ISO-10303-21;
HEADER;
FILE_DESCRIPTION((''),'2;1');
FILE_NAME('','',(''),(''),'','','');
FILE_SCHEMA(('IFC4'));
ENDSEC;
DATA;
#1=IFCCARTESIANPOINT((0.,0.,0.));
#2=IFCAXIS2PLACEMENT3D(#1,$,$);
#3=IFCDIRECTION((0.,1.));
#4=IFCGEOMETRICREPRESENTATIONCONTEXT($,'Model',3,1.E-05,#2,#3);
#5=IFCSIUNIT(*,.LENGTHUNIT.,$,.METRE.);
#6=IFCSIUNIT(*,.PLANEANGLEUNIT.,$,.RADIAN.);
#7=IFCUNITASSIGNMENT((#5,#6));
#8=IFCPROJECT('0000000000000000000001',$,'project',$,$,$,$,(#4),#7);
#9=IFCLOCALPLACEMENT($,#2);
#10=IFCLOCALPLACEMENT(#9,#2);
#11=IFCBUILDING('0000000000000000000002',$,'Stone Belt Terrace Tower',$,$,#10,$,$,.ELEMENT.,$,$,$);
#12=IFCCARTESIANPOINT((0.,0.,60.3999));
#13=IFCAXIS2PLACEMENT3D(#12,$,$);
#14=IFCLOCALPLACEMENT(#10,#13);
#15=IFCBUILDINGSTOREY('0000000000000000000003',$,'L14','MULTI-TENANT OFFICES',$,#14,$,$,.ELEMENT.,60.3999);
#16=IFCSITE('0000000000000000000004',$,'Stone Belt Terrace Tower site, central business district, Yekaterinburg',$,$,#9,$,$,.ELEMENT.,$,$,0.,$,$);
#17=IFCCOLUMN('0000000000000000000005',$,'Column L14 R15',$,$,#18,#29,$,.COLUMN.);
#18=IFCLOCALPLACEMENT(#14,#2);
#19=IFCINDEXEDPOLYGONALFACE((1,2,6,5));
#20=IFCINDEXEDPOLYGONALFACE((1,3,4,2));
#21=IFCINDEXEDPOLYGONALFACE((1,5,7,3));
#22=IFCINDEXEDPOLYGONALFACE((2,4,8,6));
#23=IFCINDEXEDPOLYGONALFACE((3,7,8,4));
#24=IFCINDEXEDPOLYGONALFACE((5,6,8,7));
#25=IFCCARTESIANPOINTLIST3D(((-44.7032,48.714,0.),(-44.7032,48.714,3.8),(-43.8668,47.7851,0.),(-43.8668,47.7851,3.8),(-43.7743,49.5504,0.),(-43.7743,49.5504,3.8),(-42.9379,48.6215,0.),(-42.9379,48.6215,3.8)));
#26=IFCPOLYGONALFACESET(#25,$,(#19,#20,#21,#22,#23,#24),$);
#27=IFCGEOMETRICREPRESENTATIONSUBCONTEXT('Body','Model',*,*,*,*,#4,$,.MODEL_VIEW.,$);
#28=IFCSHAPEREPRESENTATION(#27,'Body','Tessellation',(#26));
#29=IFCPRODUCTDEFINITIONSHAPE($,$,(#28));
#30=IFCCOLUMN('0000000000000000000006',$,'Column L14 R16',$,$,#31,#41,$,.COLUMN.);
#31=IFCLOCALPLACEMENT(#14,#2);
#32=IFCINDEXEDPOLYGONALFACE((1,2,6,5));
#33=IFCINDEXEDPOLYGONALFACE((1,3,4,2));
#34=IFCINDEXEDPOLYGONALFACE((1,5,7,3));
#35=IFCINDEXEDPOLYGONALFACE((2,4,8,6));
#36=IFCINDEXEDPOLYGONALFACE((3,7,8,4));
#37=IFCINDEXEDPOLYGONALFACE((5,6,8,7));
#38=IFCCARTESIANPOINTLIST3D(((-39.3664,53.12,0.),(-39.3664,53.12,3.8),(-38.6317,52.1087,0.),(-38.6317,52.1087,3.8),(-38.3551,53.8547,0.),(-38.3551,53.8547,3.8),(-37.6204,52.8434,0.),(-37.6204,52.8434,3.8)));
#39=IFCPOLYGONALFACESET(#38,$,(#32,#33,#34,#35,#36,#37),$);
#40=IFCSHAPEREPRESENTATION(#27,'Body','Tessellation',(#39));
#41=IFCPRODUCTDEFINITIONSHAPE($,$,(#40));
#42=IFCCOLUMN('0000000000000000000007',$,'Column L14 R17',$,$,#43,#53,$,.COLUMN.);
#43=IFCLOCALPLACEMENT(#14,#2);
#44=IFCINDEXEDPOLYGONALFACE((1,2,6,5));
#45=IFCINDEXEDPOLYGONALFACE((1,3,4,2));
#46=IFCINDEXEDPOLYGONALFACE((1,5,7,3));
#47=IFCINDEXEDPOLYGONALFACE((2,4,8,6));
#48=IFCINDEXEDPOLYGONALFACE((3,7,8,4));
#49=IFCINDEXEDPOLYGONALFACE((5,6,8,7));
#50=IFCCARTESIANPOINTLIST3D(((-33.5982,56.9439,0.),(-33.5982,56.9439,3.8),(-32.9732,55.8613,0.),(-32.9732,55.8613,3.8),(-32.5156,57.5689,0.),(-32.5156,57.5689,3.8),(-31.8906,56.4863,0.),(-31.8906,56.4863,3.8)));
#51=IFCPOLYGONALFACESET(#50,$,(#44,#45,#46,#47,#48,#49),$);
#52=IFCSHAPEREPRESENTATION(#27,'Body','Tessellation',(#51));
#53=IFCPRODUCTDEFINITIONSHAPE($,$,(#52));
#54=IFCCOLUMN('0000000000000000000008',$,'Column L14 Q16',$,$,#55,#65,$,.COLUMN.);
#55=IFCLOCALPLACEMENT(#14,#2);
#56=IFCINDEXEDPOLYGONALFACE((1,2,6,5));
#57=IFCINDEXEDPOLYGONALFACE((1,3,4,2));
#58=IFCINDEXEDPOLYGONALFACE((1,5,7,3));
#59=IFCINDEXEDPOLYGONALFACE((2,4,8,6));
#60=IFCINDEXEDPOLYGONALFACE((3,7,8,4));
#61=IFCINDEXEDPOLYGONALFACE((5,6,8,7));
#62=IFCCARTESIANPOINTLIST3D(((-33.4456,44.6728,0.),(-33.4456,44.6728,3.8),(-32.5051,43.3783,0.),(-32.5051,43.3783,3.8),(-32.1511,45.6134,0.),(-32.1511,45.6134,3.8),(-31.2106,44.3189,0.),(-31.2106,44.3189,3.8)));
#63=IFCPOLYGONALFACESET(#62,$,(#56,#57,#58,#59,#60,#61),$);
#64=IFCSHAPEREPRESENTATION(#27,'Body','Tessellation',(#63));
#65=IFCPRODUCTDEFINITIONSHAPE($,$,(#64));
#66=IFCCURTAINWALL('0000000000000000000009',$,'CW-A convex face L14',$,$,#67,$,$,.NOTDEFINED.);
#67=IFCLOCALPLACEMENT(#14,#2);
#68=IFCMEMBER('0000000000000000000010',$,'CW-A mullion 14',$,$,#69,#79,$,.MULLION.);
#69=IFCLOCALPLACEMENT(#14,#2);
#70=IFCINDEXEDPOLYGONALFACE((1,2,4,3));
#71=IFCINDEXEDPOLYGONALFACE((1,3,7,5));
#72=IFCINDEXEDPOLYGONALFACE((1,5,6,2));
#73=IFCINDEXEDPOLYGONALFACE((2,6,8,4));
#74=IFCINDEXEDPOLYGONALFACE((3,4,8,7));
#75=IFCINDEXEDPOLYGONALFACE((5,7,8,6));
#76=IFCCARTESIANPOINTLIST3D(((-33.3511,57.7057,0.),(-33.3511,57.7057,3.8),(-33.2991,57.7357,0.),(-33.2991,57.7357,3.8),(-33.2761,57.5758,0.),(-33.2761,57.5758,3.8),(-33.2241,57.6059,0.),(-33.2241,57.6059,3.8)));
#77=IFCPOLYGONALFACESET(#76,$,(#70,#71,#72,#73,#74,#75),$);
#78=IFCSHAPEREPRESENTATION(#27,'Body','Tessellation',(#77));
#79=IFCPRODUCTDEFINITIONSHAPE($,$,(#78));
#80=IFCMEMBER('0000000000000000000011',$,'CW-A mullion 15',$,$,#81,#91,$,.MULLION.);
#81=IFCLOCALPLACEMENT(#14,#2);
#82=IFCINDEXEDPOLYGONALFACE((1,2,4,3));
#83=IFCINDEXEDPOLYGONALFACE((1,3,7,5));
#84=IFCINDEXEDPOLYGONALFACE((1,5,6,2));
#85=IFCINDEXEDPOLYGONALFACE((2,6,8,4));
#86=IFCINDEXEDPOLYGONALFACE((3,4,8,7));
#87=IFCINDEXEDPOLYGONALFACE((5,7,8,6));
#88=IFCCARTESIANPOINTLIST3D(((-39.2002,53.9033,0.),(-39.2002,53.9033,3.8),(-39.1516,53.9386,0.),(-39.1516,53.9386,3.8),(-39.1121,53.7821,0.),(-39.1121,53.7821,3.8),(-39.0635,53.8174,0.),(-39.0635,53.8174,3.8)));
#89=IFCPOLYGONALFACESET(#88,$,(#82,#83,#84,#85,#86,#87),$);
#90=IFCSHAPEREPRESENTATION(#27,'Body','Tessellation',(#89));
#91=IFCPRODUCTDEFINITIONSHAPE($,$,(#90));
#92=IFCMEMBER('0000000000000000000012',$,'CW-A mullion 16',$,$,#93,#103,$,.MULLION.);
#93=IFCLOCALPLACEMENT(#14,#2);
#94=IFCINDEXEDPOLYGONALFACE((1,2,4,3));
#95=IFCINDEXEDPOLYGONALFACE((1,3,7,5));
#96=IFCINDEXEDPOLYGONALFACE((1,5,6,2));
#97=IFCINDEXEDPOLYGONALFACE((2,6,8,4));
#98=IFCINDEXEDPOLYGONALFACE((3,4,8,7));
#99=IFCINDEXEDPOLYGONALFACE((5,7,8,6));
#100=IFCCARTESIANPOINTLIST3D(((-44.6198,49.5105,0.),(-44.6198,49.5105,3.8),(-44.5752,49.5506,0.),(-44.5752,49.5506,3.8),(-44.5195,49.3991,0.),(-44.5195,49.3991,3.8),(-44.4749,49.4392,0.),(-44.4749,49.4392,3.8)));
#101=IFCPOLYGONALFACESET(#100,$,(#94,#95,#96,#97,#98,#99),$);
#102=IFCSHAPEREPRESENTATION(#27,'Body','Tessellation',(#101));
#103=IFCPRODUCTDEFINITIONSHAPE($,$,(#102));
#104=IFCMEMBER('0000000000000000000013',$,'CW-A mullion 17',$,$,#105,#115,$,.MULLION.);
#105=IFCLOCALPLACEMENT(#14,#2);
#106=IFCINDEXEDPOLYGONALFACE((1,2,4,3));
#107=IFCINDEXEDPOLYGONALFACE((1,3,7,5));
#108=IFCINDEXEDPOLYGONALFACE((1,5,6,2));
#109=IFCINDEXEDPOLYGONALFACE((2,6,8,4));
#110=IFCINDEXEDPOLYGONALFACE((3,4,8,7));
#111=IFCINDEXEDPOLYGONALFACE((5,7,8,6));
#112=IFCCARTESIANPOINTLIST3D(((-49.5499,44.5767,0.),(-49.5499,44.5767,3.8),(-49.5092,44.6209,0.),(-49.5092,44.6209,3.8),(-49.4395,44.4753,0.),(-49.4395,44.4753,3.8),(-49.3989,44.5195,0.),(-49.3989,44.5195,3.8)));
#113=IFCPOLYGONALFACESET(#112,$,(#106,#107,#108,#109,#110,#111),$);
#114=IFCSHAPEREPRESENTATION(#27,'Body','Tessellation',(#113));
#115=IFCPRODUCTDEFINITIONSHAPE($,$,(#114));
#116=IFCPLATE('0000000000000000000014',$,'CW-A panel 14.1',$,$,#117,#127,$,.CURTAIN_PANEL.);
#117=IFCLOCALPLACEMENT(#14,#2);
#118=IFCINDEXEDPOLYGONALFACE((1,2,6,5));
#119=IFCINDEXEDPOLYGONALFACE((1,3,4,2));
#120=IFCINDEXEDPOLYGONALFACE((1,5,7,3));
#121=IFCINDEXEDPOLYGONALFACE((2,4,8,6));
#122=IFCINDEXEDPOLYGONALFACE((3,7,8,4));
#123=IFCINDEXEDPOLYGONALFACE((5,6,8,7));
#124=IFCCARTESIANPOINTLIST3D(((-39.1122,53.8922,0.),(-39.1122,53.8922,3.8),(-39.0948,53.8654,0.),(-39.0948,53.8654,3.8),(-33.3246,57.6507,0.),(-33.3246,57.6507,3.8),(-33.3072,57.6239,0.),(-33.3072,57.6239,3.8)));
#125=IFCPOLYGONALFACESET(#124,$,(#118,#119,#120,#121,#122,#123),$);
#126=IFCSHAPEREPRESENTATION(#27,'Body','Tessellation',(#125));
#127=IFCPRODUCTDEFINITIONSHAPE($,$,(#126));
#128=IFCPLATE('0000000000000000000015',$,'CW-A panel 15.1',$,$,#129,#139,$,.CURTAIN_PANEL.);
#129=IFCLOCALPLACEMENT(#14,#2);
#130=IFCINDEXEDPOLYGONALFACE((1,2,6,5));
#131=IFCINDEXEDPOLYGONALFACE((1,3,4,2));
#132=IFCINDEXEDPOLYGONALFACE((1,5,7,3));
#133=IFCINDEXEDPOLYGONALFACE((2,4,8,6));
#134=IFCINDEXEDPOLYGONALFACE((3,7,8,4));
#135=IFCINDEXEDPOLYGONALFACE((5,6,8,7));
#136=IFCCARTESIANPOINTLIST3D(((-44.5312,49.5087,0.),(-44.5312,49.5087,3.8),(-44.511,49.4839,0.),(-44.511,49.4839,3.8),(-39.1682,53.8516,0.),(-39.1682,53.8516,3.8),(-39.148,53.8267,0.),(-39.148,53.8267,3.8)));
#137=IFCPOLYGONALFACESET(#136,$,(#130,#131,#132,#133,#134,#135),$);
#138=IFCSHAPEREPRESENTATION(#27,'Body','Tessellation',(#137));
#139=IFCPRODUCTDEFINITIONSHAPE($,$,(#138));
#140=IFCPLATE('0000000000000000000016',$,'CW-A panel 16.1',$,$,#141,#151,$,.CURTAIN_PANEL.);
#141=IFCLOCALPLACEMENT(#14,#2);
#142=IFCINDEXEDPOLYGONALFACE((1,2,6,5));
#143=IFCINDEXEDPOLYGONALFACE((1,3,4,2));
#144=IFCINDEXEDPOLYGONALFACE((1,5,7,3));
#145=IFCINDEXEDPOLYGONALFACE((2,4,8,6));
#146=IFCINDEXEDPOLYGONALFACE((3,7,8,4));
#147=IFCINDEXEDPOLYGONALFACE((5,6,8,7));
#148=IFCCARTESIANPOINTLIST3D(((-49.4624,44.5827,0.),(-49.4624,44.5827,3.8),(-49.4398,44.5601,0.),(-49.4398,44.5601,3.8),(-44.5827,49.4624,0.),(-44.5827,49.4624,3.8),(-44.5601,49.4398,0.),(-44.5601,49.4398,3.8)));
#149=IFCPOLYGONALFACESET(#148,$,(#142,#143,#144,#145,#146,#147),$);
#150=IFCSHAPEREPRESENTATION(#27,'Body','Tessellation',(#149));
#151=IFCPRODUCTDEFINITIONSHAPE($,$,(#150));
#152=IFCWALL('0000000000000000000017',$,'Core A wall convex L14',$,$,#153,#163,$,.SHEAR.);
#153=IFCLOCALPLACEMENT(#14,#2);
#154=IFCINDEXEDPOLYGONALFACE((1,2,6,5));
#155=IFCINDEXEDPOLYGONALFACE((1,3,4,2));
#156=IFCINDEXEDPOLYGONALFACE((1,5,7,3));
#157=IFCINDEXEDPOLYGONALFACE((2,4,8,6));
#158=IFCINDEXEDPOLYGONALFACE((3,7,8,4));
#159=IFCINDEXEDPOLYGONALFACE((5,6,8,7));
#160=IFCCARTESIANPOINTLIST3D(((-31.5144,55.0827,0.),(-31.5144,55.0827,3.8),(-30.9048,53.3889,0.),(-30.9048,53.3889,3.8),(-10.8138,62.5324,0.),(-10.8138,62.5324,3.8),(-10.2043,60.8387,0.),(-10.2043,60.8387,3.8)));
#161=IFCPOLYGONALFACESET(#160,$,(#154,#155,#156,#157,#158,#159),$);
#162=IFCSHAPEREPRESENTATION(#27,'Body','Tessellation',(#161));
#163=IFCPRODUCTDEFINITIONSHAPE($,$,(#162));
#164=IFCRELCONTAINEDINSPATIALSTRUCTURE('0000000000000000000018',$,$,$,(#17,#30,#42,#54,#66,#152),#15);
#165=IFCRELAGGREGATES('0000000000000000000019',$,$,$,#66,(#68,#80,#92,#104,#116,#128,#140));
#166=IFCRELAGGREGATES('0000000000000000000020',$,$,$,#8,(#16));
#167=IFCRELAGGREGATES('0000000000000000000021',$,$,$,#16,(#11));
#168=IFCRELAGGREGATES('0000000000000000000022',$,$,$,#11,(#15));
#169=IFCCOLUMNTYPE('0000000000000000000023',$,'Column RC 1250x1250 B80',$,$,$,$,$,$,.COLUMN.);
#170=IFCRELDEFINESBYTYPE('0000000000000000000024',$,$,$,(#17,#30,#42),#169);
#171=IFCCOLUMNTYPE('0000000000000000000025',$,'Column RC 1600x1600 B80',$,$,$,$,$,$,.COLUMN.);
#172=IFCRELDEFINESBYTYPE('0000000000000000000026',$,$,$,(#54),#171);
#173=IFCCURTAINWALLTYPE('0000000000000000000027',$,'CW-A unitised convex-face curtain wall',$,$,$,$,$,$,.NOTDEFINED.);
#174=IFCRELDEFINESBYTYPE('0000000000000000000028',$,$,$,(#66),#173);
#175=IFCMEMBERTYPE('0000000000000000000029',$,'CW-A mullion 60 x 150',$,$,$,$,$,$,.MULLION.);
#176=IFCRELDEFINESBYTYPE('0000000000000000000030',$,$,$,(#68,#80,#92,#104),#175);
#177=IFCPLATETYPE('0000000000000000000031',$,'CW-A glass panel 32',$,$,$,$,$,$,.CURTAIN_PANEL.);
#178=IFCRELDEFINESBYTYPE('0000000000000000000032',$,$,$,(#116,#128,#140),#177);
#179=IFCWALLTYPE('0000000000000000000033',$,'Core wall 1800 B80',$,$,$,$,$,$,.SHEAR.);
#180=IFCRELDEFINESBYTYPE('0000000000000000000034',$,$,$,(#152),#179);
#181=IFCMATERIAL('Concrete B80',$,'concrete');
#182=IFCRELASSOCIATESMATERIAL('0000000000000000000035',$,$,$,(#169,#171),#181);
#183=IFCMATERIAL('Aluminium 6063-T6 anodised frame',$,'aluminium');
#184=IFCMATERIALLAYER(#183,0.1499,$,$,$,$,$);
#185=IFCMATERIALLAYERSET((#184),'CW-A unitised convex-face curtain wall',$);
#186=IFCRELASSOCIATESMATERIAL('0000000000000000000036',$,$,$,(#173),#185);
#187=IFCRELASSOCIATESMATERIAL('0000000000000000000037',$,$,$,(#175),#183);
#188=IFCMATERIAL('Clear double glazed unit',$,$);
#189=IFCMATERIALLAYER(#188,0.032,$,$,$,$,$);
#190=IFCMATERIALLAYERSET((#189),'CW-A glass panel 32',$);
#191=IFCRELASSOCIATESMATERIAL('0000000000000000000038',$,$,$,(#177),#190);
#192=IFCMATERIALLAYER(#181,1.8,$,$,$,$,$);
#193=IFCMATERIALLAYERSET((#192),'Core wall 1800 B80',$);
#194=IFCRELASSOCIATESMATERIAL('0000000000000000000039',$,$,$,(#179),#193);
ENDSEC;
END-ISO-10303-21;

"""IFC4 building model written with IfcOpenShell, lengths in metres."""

from ifc_helpers import new_model, si_unit, direction, frame, frame_2d, origin, origin_2d, place, context, subcontext, project, spatial, rectangle, extrude, material, layer, layer_set, material_profile, profile_set, type_object, element, aggregate, save


model = new_model("IFC4")

# Units and contexts
model_context = context("Model", 3, precision=1e-05, world=origin(), true_north=direction((0.0, 1.0)))
body_context = subcontext(model_context, "Body", "Model", "MODEL_VIEW")
ifc_project = project(units=[si_unit("LENGTHUNIT", "METRE"), si_unit("PLANEANGLEUNIT", "RADIAN")], contexts=[model_context])

# Site, building, storey
site_placement = place(None, origin())
site = spatial("IfcSite", under=ifc_project, at=site_placement, Name="Stone Belt Terrace Tower site, central business district, Yekaterinburg", CompositionType="ELEMENT", RefElevation=0.0)
building_placement = place(site_placement, origin())
building = spatial("IfcBuilding", under=site, at=building_placement, Name="Stone Belt Terrace Tower", CompositionType="ELEMENT")
storey_placement = place(building_placement, frame((0.0, 0.0, 60.3999)))
storey = spatial("IfcBuildingStorey", under=building, at=storey_placement, Name="L14", Description="MULTI-TENANT OFFICES", CompositionType="ELEMENT", Elevation=60.3999)

# Columns
ifc_material_1 = material(Name="Concrete B80", Category="concrete")
ifc_material_profile_1 = material_profile(ifc_material_1, rectangle(XDim=1.25, YDim=1.25, at=origin_2d()), Name="RC 1250x1250")
ifc_profile_set_1 = profile_set([ifc_material_profile_1], Name="Concrete B80")
column_type_1 = type_object("IfcColumnType", Name="Column RC 1250x1250 B80", PredefinedType="COLUMN", material=ifc_profile_set_1)
for number, where, z_axis, x_axis, name in (
    (1, (-43.8206, 48.6677, 0.0), (0.0, 0.0, 1.0), (0.743145, 0.669131, 0.0), "Column L14 R15"),
    (2, (-38.4934, 52.9817, 0.0), (0.0, 0.0, 1.0), (0.809017, 0.587785, 0.0), "Column L14 R16"),
    (3, (-32.7444, 56.7151, 0.0), (0.0, 0.0, 1.0), (0.866025, 0.5, 0.0), "Column L14 R17"),
):
    element("IfcColumn", number, at=place(storey_placement, frame(where, z_axis=z_axis, x_axis=x_axis)), inside=storey, type_object=column_type_1, Name=name, PredefinedType="COLUMN", context=body_context, shape_type="SweptSolid", body=[
        extrude(rectangle(XDim=1.25, YDim=1.25, at=origin_2d()), origin(), (0.0, 0.0, 1.0), 3.8),
    ])
ifc_material_profile_2 = material_profile(ifc_material_1, rectangle(XDim=1.6001, YDim=1.6001, at=origin_2d()), Name="RC 1600x1600")
ifc_profile_set_2 = profile_set([ifc_material_profile_2], Name="Concrete B80")
column_type_2 = type_object("IfcColumnType", Name="Column RC 1600x1600 B80", PredefinedType="COLUMN", material=ifc_profile_set_2)
column_placement = place(storey_placement, frame((-32.3281, 44.4958, 0.0), z_axis=(0.0, 0.0, 1.0), x_axis=(0.809017, 0.587785, 0.0)))
element("IfcColumn", 4, at=column_placement, inside=storey, type_object=column_type_2, Name="Column L14 Q16", PredefinedType="COLUMN", context=body_context, shape_type="SweptSolid", body=[
    extrude(rectangle(XDim=1.6001, YDim=1.6001, at=origin_2d()), origin(), (0.0, 0.0, 1.0), 3.8),
])

# Curtain wall, members, plates
ifc_material_2 = material(Name="Aluminium 6063-T6 anodised frame", Category="aluminium")
ifc_layer_1 = layer(ifc_material_2, 0.1499)
ifc_layer_set_1 = layer_set([ifc_layer_1], Name="CW-A unitised convex-face curtain wall")
curtain_wall_type = type_object("IfcCurtainWallType", Name="CW-A unitised convex-face curtain wall", PredefinedType="NOTDEFINED", material=ifc_layer_set_1)
curtain_wall_placement = place(storey_placement, origin())
curtain_wall = element("IfcCurtainWall", 5, at=curtain_wall_placement, inside=storey, type_object=curtain_wall_type, Name="CW-A convex face L14", PredefinedType="NOTDEFINED")
ifc_material_profile_3 = material_profile(ifc_material_2, rectangle(XDim=0.1499, YDim=0.0601, at=origin_2d()), Name="Aluminium 6063-T6 60x150")
ifc_profile_set_3 = profile_set([ifc_material_profile_3], Name="Aluminium 6063-T6 anodised frame")
member_type = type_object("IfcMemberType", Name="CW-A mullion 60 x 150", PredefinedType="MULLION", material=ifc_profile_set_3)
member_1_placement = place(storey_placement, frame((-33.2876, 57.6558, 0.0), z_axis=(0.0, 0.0, 1.0), x_axis=(0.5, -0.866025, 0.0)))
member_1 = element("IfcMember", 6, at=member_1_placement, type_object=member_type, Name="CW-A mullion 14", PredefinedType="MULLION", context=body_context, shape_type="SweptSolid", body=[
    extrude(rectangle(XDim=0.1499, YDim=0.0601, at=origin_2d()), origin(), (0.0, 0.0, 1.0), 3.8),
])
member_2_placement = place(storey_placement, frame((-39.1318, 53.8604, 0.0), z_axis=(0.0, 0.0, 1.0), x_axis=(0.587785, -0.809017, 0.0)))
member_2 = element("IfcMember", 7, at=member_2_placement, type_object=member_type, Name="CW-A mullion 15", PredefinedType="MULLION", context=body_context, shape_type="SweptSolid", body=[
    extrude(rectangle(XDim=0.1499, YDim=0.0601, at=origin_2d()), origin(), (0.0, 0.0, 1.0), 3.8),
])
member_3_placement = place(storey_placement, frame((-44.5474, 49.4749, 0.0), z_axis=(0.0, 0.0, 1.0), x_axis=(0.669131, -0.743145, 0.0)))
member_3 = element("IfcMember", 8, at=member_3_placement, type_object=member_type, Name="CW-A mullion 16", PredefinedType="MULLION", context=body_context, shape_type="SweptSolid", body=[
    extrude(rectangle(XDim=0.1499, YDim=0.0601, at=origin_2d()), origin(), (0.0, 0.0, 1.0), 3.8),
])
member_4_placement = place(storey_placement, frame((-49.4744, 44.5481, 0.0), z_axis=(0.0, 0.0, 1.0), x_axis=(0.736171, -0.676796, 0.0)))
member_4 = element("IfcMember", 9, at=member_4_placement, type_object=member_type, Name="CW-A mullion 17", PredefinedType="MULLION", context=body_context, shape_type="SweptSolid", body=[
    extrude(rectangle(XDim=0.1499, YDim=0.0601, at=origin_2d()), origin(), (0.0, 0.0, 1.0), 3.8),
])
ifc_material_3 = material(Name="Clear double glazed unit")
ifc_layer_2 = layer(ifc_material_3, 0.032)
ifc_layer_set_2 = layer_set([ifc_layer_2], Name="CW-A glass panel 32")
plate_type = type_object("IfcPlateType", Name="CW-A glass panel 32", PredefinedType="CURTAIN_PANEL", material=ifc_layer_set_2)
plate_1_placement = place(storey_placement, frame((-36.2097, 55.7581, 0.0), z_axis=(0.0, 0.0, 1.0), x_axis=(-0.838671, -0.544639, 0.0)))
plate_1 = element("IfcPlate", 10, at=plate_1_placement, type_object=plate_type, Name="CW-A panel 14.1", PredefinedType="CURTAIN_PANEL", context=body_context, shape_type="SweptSolid", body=[
    extrude(rectangle(XDim=6.9009, YDim=0.032, at=origin_2d()), origin(), (0.0, 0.0, 1.0), 3.8),
])
plate_2_placement = place(storey_placement, frame((-41.8396, 51.6677, 0.0), z_axis=(0.0, 0.0, 1.0), x_axis=(-0.777146, -0.62932, 0.0)))
plate_2 = element("IfcPlate", 11, at=plate_2_placement, type_object=plate_type, Name="CW-A panel 15.1", PredefinedType="CURTAIN_PANEL", context=body_context, shape_type="SweptSolid", body=[
    extrude(rectangle(XDim=6.9009, YDim=0.032, at=origin_2d()), origin(), (0.0, 0.0, 1.0), 3.8),
])
plate_3_placement = place(storey_placement, frame((-47.0112, 47.0112, 0.0), z_axis=(0.0, 0.0, 1.0), x_axis=(-0.707107, -0.707107, 0.0)))
plate_3 = element("IfcPlate", 12, at=plate_3_placement, type_object=plate_type, Name="CW-A panel 16.1", PredefinedType="CURTAIN_PANEL", context=body_context, shape_type="SweptSolid", body=[
    extrude(rectangle(XDim=6.9009, YDim=0.032, at=origin_2d()), origin(), (0.0, 0.0, 1.0), 3.8),
])
aggregate(curtain_wall, [member_1, member_2, member_3, member_4, plate_1, plate_2, plate_3])

# Wall
ifc_layer_3 = layer(ifc_material_1, 1.8)
ifc_layer_set_3 = layer_set([ifc_layer_3], Name="Core wall 1800 B80")
wall_type_1 = type_object("IfcWallType", Name="Core wall 1800 B80", PredefinedType="SHEAR", material=ifc_layer_set_3)
wall_1_placement = place(storey_placement, frame((-31.2095, 54.2358, 0.0), z_axis=(0.0, 0.0, 1.0), x_axis=(0.940923, 0.338621, 0.0)))
element("IfcWall", 13, at=wall_1_placement, inside=storey, type_object=wall_type_1, Name="Core A wall convex L14", PredefinedType="SHEAR", context=body_context, shape_type="SweptSolid", body=[
    extrude(rectangle(XDim=22.0002, YDim=1.8, at=frame_2d((11.0, 0.0))), origin(), (0.0, 0.0, 1.0), 3.8),
])

save(model, "model.ifc")
